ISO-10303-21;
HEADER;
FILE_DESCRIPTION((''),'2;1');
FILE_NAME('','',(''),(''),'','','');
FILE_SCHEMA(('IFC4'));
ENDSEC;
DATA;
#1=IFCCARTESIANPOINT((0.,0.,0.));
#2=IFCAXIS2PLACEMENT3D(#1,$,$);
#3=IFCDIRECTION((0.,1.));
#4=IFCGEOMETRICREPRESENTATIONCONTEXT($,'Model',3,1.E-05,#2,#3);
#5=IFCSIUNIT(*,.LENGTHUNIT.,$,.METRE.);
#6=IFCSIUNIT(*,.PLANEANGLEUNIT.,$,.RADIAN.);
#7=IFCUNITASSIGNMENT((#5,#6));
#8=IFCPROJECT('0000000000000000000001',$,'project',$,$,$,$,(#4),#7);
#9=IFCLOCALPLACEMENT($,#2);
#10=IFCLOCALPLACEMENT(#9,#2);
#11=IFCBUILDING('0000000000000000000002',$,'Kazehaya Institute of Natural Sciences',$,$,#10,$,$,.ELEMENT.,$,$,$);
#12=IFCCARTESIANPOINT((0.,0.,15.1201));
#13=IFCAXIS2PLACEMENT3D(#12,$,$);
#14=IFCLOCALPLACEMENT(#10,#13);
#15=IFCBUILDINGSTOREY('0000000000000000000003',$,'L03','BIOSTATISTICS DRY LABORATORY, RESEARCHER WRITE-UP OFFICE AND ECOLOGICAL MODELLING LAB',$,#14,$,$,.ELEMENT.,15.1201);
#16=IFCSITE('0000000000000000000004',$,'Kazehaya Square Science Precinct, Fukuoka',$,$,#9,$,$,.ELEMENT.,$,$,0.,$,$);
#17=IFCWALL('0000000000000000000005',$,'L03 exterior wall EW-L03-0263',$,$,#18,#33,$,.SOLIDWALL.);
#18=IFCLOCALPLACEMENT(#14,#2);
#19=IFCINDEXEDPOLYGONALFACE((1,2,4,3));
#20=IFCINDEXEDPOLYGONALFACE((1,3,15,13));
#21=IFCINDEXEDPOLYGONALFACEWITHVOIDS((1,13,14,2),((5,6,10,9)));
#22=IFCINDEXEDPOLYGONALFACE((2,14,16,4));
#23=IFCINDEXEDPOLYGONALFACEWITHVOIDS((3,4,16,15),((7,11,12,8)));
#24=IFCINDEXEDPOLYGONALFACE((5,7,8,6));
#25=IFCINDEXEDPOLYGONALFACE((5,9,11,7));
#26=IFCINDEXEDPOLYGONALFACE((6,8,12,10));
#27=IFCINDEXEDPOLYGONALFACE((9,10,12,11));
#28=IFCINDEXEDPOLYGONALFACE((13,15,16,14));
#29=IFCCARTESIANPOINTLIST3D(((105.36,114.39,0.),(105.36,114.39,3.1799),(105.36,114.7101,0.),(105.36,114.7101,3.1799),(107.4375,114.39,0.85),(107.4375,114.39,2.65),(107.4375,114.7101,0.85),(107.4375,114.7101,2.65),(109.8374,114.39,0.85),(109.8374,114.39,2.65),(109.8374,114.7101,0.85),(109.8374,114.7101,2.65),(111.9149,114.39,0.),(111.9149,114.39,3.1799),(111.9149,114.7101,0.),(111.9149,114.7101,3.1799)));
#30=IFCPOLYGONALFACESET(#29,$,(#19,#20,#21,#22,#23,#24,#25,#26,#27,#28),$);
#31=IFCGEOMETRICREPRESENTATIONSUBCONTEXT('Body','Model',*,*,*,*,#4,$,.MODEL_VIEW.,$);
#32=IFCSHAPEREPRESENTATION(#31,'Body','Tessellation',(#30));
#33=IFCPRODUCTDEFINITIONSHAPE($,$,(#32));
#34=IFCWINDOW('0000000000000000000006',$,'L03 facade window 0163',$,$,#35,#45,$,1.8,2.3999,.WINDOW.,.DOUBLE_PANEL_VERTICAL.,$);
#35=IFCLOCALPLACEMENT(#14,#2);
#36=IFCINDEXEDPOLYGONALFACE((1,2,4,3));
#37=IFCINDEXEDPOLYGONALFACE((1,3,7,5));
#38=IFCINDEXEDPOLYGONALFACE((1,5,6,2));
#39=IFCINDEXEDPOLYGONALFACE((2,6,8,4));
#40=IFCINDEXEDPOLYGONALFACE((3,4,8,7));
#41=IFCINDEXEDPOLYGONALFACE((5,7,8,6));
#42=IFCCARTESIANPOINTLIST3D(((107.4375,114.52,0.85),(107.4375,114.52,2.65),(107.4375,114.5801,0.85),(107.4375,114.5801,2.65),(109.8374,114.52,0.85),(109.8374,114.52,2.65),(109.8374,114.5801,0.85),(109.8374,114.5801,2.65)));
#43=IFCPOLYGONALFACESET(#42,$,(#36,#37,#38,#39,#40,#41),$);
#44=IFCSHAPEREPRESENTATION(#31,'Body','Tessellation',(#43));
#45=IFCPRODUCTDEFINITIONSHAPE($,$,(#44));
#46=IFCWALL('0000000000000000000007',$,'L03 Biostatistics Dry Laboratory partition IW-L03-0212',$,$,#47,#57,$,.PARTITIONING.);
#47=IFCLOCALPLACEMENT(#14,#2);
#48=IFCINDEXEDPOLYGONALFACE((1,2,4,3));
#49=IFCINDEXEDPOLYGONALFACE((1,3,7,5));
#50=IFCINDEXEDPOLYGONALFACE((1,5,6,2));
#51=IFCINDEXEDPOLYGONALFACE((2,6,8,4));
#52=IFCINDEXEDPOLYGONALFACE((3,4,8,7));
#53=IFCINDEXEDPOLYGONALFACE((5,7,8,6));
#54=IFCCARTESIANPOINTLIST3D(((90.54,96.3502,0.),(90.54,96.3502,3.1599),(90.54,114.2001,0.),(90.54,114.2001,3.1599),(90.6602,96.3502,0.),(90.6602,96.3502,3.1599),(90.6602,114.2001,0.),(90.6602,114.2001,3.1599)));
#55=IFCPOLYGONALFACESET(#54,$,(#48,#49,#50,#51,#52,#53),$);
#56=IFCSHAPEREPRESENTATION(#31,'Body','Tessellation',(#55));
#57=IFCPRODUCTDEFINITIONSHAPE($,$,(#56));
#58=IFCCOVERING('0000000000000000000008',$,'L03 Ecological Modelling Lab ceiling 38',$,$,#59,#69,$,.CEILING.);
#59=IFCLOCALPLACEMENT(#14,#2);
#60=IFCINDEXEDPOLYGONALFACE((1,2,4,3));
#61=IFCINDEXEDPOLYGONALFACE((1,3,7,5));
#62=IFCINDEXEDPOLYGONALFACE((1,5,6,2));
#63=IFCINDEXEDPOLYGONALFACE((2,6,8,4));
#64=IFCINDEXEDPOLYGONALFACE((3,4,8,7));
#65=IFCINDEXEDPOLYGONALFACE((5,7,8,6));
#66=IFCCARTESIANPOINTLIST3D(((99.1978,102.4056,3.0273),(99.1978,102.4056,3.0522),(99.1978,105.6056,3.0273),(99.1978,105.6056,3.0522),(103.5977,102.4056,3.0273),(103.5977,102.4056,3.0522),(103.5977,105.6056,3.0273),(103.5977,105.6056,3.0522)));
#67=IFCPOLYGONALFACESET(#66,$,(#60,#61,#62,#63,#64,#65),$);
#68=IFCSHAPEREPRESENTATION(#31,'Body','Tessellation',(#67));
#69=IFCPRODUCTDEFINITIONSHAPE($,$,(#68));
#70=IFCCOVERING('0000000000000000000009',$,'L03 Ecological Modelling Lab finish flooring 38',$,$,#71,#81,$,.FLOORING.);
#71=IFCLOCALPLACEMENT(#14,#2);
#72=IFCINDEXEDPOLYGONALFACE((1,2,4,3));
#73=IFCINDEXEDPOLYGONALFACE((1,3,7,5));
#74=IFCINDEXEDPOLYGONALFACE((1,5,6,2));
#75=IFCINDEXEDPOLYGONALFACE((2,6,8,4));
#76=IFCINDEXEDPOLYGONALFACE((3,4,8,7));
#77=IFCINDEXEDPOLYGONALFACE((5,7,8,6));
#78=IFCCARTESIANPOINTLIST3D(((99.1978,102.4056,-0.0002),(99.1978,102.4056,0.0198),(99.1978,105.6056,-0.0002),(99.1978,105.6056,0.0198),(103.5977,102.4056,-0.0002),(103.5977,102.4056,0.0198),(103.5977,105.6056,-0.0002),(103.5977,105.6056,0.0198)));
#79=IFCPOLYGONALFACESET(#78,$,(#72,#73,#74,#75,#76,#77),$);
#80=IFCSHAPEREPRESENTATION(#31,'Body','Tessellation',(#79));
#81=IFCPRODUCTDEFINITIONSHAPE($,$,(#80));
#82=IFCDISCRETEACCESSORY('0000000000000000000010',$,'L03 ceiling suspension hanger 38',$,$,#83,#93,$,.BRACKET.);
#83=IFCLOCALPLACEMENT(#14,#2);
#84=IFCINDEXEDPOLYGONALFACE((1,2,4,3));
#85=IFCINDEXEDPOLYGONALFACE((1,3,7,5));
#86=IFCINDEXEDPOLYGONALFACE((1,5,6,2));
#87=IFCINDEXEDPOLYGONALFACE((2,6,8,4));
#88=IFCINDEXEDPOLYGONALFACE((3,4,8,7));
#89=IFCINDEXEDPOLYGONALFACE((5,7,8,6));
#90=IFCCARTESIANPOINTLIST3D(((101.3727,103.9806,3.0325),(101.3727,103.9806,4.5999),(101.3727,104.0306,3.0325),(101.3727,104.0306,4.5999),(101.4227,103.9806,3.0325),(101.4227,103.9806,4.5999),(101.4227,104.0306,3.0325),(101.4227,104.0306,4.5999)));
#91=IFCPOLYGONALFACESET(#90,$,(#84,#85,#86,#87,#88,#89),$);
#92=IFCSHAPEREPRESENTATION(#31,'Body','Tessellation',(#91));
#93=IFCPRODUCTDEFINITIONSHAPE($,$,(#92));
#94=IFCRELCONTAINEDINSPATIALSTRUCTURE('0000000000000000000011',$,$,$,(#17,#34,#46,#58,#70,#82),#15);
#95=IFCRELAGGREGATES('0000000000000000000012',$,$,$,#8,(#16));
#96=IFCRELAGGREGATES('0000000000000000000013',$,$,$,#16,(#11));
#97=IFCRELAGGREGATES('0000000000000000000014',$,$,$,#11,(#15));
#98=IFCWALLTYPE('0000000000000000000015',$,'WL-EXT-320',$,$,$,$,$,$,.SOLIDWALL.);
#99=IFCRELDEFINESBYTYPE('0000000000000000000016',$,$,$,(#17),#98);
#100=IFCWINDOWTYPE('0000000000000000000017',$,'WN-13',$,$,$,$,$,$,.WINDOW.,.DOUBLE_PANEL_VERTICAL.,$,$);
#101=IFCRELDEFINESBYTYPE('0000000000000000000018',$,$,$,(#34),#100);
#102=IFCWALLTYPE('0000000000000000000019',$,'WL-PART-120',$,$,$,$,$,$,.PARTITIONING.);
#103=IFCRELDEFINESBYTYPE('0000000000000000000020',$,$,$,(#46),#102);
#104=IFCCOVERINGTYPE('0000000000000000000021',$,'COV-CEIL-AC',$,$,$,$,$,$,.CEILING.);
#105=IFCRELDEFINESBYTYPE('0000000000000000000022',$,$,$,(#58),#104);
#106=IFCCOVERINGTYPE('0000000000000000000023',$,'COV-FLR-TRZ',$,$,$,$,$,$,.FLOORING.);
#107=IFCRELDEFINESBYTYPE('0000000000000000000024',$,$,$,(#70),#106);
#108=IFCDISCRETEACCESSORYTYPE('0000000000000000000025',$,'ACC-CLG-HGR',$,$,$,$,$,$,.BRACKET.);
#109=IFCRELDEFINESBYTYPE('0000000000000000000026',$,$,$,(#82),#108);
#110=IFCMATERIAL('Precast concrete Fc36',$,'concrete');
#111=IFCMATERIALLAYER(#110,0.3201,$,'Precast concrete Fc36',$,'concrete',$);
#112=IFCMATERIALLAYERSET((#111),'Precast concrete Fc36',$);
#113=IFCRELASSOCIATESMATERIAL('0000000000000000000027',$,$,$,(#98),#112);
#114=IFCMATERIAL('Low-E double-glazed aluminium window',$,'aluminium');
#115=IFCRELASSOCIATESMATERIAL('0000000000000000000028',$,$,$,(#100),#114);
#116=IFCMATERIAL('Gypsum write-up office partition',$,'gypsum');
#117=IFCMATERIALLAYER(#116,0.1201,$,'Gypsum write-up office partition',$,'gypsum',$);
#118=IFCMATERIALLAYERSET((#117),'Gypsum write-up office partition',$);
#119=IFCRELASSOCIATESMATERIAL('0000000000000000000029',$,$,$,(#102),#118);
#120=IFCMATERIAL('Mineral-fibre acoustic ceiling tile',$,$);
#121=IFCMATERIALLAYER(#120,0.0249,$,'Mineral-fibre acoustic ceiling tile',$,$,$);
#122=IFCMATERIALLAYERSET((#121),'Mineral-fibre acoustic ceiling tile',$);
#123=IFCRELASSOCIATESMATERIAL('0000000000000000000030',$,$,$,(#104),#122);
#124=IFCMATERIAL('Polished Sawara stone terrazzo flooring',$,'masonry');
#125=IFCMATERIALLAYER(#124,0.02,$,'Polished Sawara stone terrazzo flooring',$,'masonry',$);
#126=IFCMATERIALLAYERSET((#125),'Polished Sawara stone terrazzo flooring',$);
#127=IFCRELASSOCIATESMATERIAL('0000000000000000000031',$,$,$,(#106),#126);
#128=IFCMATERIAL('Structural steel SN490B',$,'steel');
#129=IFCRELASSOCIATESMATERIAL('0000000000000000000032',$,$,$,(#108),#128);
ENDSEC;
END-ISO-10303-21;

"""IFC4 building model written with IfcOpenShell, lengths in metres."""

from ifc_helpers import new_model, si_unit, direction, frame, frame_2d, origin, origin_2d, place, context, subcontext, project, spatial, rectangle, extrude, material, layer, layer_set, type_object, element, fill, save


model = new_model("IFC4")

# Units and contexts
model_context = context("Model", 3, precision=1e-05, world=origin(), true_north=direction((0.0, 1.0)))
body_context = subcontext(model_context, "Body", "Model", "MODEL_VIEW")
ifc_project = project(units=[si_unit("LENGTHUNIT", "METRE"), si_unit("PLANEANGLEUNIT", "RADIAN")], contexts=[model_context])

# Site, building, storey
site_placement = place(None, origin())
site = spatial("IfcSite", under=ifc_project, at=site_placement, Name="Kazehaya Square Science Precinct, Fukuoka", CompositionType="ELEMENT", RefElevation=0.0)
building_placement = place(site_placement, origin())
building = spatial("IfcBuilding", under=site, at=building_placement, Name="Kazehaya Institute of Natural Sciences", CompositionType="ELEMENT")
storey_placement = place(building_placement, frame((0.0, 0.0, 15.1201)))
storey = spatial("IfcBuildingStorey", under=building, at=storey_placement, Name="L03", Description="BIOSTATISTICS DRY LABORATORY, RESEARCHER WRITE-UP OFFICE AND ECOLOGICAL MODELLING LAB", CompositionType="ELEMENT", Elevation=15.1201)

# Wall, opening, window
ifc_material_1 = material(Name="Precast concrete Fc36", Category="concrete")
ifc_layer_1 = layer(ifc_material_1, 0.3201, Name="Precast concrete Fc36", Category="concrete")
ifc_layer_set_1 = layer_set([ifc_layer_1], Name="Precast concrete Fc36")
wall_type_1 = type_object("IfcWallType", Name="WL-EXT-320", PredefinedType="SOLIDWALL", material=ifc_layer_set_1)
ifc_material_2 = material(Name="Low-E double-glazed aluminium window", Category="aluminium")
wall_1_placement = place(storey_placement, frame((105.3601, 114.55, 0.0), z_axis=(0.0, 0.0, 1.0), x_axis=(1.0, 0.0, 0.0)))
wall_1 = element("IfcWall", 1, at=wall_1_placement, inside=storey, type_object=wall_type_1, Name="L03 exterior wall EW-L03-0263", PredefinedType="SOLIDWALL", context=body_context, shape_type="SweptSolid", body=[
    extrude(rectangle(XDim=6.5549, YDim=0.3201, at=frame_2d((3.2773, 0.0))), origin(), (0.0, 0.0, 1.0), 3.1799),
])
opening_1_placement = place(wall_1_placement, frame((2.0774, 0.0, 0.8501)))
opening_1 = element("IfcOpeningElement", 2, at=opening_1_placement, cuts=wall_1, PredefinedType="OPENING", context=body_context, shape_type="SweptSolid", body=[
    extrude(rectangle(XDim=2.3999, YDim=1.8, at=frame_2d((1.2, 0.8999))), frame((0.0, 0.1699, 0.0), z_axis=(0.0, -1.0, 0.0), x_axis=(1.0, 0.0, 0.0)), (0.0, 0.0, 1.0), 0.3401),
])
window_type_1 = type_object("IfcWindowType", Name="WN-13", PartitioningType="DOUBLE_PANEL_VERTICAL", PredefinedType="WINDOW", material=ifc_material_2)
window_1_placement = place(opening_1_placement, origin())
window_1 = element("IfcWindow", 3, at=window_1_placement, inside=storey, type_object=window_type_1, Name="L03 facade window 0163", OverallHeight=1.8, OverallWidth=2.3999, PartitioningType="DOUBLE_PANEL_VERTICAL", PredefinedType="WINDOW", context=body_context, shape_type="SweptSolid", body=[
    extrude(rectangle(XDim=2.3999, YDim=1.8, at=frame_2d((1.2, 0.8999))), frame((0.0, 0.03, 0.0), z_axis=(0.0, -1.0, 0.0), x_axis=(1.0, 0.0, 0.0)), (0.0, 0.0, 1.0), 0.0601),
])
fill(opening_1, window_1)

# Wall
ifc_material_3 = material(Name="Gypsum write-up office partition", Category="gypsum")
ifc_layer_2 = layer(ifc_material_3, 0.1201, Name="Gypsum write-up office partition", Category="gypsum")
ifc_layer_set_2 = layer_set([ifc_layer_2], Name="Gypsum write-up office partition")
wall_type_2 = type_object("IfcWallType", Name="WL-PART-120", PredefinedType="PARTITIONING", material=ifc_layer_set_2)
wall_2_placement = place(storey_placement, frame((90.6001, 114.2, 0.0), z_axis=(0.0, 0.0, 1.0), x_axis=(0.0, -1.0, 0.0)))
element("IfcWall", 4, at=wall_2_placement, inside=storey, type_object=wall_type_2, Name="L03 Biostatistics Dry Laboratory partition IW-L03-0212", PredefinedType="PARTITIONING", context=body_context, shape_type="SweptSolid", body=[
    extrude(rectangle(XDim=17.8499, YDim=0.1201, at=frame_2d((8.9248, 0.0))), origin(), (0.0, 0.0, 1.0), 3.1599),
])

# Coverings
ifc_material_4 = material(Name="Mineral-fibre acoustic ceiling tile")
ifc_layer_3 = layer(ifc_material_4, 0.0249, Name="Mineral-fibre acoustic ceiling tile")
ifc_layer_set_3 = layer_set([ifc_layer_3], Name="Mineral-fibre acoustic ceiling tile")
covering_type_1 = type_object("IfcCoveringType", Name="COV-CEIL-AC", PredefinedType="CEILING", material=ifc_layer_set_3)
covering_1_placement = place(storey_placement, frame((101.3977, 104.0056, 3.0273), z_axis=(0.0, 0.0, 1.0), x_axis=(1.0, 0.0, 0.0)))
element("IfcCovering", 5, at=covering_1_placement, inside=storey, type_object=covering_type_1, Name="L03 Ecological Modelling Lab ceiling 38", PredefinedType="CEILING", context=body_context, shape_type="SweptSolid", body=[
    extrude(rectangle(XDim=4.3999, YDim=3.2, at=origin_2d()), origin(), (0.0, 0.0, 1.0), 0.0249),
])
ifc_material_5 = material(Name="Polished Sawara stone terrazzo flooring", Category="masonry")
ifc_layer_4 = layer(ifc_material_5, 0.02, Name="Polished Sawara stone terrazzo flooring", Category="masonry")
ifc_layer_set_4 = layer_set([ifc_layer_4], Name="Polished Sawara stone terrazzo flooring")
covering_type_2 = type_object("IfcCoveringType", Name="COV-FLR-TRZ", PredefinedType="FLOORING", material=ifc_layer_set_4)
covering_2_placement = place(storey_placement, frame((101.3977, 104.0056, -0.0002), z_axis=(0.0, 0.0, 1.0), x_axis=(1.0, 0.0, 0.0)))
element("IfcCovering", 6, at=covering_2_placement, inside=storey, type_object=covering_type_2, Name="L03 Ecological Modelling Lab finish flooring 38", PredefinedType="FLOORING", context=body_context, shape_type="SweptSolid", body=[
    extrude(rectangle(XDim=4.3999, YDim=3.2, at=origin_2d()), origin(), (0.0, 0.0, 1.0), 0.02),
])

# Discrete accessory
ifc_material_6 = material(Name="Structural steel SN490B", Category="steel")
discrete_accessory_type = type_object("IfcDiscreteAccessoryType", Name="ACC-CLG-HGR", PredefinedType="BRACKET", material=ifc_material_6)
discrete_accessory_placement = place(storey_placement, frame((101.3977, 104.0056, 3.0325), z_axis=(0.0, 0.0, 1.0), x_axis=(1.0, 0.0, 0.0)))
element("IfcDiscreteAccessory", 7, at=discrete_accessory_placement, inside=storey, type_object=discrete_accessory_type, Name="L03 ceiling suspension hanger 38", PredefinedType="BRACKET", context=body_context, shape_type="SweptSolid", body=[
    extrude(rectangle(XDim=0.05, YDim=0.05, at=origin_2d()), origin(), (0.0, 0.0, 1.0), 1.5674),
])

save(model, "model.ifc")
